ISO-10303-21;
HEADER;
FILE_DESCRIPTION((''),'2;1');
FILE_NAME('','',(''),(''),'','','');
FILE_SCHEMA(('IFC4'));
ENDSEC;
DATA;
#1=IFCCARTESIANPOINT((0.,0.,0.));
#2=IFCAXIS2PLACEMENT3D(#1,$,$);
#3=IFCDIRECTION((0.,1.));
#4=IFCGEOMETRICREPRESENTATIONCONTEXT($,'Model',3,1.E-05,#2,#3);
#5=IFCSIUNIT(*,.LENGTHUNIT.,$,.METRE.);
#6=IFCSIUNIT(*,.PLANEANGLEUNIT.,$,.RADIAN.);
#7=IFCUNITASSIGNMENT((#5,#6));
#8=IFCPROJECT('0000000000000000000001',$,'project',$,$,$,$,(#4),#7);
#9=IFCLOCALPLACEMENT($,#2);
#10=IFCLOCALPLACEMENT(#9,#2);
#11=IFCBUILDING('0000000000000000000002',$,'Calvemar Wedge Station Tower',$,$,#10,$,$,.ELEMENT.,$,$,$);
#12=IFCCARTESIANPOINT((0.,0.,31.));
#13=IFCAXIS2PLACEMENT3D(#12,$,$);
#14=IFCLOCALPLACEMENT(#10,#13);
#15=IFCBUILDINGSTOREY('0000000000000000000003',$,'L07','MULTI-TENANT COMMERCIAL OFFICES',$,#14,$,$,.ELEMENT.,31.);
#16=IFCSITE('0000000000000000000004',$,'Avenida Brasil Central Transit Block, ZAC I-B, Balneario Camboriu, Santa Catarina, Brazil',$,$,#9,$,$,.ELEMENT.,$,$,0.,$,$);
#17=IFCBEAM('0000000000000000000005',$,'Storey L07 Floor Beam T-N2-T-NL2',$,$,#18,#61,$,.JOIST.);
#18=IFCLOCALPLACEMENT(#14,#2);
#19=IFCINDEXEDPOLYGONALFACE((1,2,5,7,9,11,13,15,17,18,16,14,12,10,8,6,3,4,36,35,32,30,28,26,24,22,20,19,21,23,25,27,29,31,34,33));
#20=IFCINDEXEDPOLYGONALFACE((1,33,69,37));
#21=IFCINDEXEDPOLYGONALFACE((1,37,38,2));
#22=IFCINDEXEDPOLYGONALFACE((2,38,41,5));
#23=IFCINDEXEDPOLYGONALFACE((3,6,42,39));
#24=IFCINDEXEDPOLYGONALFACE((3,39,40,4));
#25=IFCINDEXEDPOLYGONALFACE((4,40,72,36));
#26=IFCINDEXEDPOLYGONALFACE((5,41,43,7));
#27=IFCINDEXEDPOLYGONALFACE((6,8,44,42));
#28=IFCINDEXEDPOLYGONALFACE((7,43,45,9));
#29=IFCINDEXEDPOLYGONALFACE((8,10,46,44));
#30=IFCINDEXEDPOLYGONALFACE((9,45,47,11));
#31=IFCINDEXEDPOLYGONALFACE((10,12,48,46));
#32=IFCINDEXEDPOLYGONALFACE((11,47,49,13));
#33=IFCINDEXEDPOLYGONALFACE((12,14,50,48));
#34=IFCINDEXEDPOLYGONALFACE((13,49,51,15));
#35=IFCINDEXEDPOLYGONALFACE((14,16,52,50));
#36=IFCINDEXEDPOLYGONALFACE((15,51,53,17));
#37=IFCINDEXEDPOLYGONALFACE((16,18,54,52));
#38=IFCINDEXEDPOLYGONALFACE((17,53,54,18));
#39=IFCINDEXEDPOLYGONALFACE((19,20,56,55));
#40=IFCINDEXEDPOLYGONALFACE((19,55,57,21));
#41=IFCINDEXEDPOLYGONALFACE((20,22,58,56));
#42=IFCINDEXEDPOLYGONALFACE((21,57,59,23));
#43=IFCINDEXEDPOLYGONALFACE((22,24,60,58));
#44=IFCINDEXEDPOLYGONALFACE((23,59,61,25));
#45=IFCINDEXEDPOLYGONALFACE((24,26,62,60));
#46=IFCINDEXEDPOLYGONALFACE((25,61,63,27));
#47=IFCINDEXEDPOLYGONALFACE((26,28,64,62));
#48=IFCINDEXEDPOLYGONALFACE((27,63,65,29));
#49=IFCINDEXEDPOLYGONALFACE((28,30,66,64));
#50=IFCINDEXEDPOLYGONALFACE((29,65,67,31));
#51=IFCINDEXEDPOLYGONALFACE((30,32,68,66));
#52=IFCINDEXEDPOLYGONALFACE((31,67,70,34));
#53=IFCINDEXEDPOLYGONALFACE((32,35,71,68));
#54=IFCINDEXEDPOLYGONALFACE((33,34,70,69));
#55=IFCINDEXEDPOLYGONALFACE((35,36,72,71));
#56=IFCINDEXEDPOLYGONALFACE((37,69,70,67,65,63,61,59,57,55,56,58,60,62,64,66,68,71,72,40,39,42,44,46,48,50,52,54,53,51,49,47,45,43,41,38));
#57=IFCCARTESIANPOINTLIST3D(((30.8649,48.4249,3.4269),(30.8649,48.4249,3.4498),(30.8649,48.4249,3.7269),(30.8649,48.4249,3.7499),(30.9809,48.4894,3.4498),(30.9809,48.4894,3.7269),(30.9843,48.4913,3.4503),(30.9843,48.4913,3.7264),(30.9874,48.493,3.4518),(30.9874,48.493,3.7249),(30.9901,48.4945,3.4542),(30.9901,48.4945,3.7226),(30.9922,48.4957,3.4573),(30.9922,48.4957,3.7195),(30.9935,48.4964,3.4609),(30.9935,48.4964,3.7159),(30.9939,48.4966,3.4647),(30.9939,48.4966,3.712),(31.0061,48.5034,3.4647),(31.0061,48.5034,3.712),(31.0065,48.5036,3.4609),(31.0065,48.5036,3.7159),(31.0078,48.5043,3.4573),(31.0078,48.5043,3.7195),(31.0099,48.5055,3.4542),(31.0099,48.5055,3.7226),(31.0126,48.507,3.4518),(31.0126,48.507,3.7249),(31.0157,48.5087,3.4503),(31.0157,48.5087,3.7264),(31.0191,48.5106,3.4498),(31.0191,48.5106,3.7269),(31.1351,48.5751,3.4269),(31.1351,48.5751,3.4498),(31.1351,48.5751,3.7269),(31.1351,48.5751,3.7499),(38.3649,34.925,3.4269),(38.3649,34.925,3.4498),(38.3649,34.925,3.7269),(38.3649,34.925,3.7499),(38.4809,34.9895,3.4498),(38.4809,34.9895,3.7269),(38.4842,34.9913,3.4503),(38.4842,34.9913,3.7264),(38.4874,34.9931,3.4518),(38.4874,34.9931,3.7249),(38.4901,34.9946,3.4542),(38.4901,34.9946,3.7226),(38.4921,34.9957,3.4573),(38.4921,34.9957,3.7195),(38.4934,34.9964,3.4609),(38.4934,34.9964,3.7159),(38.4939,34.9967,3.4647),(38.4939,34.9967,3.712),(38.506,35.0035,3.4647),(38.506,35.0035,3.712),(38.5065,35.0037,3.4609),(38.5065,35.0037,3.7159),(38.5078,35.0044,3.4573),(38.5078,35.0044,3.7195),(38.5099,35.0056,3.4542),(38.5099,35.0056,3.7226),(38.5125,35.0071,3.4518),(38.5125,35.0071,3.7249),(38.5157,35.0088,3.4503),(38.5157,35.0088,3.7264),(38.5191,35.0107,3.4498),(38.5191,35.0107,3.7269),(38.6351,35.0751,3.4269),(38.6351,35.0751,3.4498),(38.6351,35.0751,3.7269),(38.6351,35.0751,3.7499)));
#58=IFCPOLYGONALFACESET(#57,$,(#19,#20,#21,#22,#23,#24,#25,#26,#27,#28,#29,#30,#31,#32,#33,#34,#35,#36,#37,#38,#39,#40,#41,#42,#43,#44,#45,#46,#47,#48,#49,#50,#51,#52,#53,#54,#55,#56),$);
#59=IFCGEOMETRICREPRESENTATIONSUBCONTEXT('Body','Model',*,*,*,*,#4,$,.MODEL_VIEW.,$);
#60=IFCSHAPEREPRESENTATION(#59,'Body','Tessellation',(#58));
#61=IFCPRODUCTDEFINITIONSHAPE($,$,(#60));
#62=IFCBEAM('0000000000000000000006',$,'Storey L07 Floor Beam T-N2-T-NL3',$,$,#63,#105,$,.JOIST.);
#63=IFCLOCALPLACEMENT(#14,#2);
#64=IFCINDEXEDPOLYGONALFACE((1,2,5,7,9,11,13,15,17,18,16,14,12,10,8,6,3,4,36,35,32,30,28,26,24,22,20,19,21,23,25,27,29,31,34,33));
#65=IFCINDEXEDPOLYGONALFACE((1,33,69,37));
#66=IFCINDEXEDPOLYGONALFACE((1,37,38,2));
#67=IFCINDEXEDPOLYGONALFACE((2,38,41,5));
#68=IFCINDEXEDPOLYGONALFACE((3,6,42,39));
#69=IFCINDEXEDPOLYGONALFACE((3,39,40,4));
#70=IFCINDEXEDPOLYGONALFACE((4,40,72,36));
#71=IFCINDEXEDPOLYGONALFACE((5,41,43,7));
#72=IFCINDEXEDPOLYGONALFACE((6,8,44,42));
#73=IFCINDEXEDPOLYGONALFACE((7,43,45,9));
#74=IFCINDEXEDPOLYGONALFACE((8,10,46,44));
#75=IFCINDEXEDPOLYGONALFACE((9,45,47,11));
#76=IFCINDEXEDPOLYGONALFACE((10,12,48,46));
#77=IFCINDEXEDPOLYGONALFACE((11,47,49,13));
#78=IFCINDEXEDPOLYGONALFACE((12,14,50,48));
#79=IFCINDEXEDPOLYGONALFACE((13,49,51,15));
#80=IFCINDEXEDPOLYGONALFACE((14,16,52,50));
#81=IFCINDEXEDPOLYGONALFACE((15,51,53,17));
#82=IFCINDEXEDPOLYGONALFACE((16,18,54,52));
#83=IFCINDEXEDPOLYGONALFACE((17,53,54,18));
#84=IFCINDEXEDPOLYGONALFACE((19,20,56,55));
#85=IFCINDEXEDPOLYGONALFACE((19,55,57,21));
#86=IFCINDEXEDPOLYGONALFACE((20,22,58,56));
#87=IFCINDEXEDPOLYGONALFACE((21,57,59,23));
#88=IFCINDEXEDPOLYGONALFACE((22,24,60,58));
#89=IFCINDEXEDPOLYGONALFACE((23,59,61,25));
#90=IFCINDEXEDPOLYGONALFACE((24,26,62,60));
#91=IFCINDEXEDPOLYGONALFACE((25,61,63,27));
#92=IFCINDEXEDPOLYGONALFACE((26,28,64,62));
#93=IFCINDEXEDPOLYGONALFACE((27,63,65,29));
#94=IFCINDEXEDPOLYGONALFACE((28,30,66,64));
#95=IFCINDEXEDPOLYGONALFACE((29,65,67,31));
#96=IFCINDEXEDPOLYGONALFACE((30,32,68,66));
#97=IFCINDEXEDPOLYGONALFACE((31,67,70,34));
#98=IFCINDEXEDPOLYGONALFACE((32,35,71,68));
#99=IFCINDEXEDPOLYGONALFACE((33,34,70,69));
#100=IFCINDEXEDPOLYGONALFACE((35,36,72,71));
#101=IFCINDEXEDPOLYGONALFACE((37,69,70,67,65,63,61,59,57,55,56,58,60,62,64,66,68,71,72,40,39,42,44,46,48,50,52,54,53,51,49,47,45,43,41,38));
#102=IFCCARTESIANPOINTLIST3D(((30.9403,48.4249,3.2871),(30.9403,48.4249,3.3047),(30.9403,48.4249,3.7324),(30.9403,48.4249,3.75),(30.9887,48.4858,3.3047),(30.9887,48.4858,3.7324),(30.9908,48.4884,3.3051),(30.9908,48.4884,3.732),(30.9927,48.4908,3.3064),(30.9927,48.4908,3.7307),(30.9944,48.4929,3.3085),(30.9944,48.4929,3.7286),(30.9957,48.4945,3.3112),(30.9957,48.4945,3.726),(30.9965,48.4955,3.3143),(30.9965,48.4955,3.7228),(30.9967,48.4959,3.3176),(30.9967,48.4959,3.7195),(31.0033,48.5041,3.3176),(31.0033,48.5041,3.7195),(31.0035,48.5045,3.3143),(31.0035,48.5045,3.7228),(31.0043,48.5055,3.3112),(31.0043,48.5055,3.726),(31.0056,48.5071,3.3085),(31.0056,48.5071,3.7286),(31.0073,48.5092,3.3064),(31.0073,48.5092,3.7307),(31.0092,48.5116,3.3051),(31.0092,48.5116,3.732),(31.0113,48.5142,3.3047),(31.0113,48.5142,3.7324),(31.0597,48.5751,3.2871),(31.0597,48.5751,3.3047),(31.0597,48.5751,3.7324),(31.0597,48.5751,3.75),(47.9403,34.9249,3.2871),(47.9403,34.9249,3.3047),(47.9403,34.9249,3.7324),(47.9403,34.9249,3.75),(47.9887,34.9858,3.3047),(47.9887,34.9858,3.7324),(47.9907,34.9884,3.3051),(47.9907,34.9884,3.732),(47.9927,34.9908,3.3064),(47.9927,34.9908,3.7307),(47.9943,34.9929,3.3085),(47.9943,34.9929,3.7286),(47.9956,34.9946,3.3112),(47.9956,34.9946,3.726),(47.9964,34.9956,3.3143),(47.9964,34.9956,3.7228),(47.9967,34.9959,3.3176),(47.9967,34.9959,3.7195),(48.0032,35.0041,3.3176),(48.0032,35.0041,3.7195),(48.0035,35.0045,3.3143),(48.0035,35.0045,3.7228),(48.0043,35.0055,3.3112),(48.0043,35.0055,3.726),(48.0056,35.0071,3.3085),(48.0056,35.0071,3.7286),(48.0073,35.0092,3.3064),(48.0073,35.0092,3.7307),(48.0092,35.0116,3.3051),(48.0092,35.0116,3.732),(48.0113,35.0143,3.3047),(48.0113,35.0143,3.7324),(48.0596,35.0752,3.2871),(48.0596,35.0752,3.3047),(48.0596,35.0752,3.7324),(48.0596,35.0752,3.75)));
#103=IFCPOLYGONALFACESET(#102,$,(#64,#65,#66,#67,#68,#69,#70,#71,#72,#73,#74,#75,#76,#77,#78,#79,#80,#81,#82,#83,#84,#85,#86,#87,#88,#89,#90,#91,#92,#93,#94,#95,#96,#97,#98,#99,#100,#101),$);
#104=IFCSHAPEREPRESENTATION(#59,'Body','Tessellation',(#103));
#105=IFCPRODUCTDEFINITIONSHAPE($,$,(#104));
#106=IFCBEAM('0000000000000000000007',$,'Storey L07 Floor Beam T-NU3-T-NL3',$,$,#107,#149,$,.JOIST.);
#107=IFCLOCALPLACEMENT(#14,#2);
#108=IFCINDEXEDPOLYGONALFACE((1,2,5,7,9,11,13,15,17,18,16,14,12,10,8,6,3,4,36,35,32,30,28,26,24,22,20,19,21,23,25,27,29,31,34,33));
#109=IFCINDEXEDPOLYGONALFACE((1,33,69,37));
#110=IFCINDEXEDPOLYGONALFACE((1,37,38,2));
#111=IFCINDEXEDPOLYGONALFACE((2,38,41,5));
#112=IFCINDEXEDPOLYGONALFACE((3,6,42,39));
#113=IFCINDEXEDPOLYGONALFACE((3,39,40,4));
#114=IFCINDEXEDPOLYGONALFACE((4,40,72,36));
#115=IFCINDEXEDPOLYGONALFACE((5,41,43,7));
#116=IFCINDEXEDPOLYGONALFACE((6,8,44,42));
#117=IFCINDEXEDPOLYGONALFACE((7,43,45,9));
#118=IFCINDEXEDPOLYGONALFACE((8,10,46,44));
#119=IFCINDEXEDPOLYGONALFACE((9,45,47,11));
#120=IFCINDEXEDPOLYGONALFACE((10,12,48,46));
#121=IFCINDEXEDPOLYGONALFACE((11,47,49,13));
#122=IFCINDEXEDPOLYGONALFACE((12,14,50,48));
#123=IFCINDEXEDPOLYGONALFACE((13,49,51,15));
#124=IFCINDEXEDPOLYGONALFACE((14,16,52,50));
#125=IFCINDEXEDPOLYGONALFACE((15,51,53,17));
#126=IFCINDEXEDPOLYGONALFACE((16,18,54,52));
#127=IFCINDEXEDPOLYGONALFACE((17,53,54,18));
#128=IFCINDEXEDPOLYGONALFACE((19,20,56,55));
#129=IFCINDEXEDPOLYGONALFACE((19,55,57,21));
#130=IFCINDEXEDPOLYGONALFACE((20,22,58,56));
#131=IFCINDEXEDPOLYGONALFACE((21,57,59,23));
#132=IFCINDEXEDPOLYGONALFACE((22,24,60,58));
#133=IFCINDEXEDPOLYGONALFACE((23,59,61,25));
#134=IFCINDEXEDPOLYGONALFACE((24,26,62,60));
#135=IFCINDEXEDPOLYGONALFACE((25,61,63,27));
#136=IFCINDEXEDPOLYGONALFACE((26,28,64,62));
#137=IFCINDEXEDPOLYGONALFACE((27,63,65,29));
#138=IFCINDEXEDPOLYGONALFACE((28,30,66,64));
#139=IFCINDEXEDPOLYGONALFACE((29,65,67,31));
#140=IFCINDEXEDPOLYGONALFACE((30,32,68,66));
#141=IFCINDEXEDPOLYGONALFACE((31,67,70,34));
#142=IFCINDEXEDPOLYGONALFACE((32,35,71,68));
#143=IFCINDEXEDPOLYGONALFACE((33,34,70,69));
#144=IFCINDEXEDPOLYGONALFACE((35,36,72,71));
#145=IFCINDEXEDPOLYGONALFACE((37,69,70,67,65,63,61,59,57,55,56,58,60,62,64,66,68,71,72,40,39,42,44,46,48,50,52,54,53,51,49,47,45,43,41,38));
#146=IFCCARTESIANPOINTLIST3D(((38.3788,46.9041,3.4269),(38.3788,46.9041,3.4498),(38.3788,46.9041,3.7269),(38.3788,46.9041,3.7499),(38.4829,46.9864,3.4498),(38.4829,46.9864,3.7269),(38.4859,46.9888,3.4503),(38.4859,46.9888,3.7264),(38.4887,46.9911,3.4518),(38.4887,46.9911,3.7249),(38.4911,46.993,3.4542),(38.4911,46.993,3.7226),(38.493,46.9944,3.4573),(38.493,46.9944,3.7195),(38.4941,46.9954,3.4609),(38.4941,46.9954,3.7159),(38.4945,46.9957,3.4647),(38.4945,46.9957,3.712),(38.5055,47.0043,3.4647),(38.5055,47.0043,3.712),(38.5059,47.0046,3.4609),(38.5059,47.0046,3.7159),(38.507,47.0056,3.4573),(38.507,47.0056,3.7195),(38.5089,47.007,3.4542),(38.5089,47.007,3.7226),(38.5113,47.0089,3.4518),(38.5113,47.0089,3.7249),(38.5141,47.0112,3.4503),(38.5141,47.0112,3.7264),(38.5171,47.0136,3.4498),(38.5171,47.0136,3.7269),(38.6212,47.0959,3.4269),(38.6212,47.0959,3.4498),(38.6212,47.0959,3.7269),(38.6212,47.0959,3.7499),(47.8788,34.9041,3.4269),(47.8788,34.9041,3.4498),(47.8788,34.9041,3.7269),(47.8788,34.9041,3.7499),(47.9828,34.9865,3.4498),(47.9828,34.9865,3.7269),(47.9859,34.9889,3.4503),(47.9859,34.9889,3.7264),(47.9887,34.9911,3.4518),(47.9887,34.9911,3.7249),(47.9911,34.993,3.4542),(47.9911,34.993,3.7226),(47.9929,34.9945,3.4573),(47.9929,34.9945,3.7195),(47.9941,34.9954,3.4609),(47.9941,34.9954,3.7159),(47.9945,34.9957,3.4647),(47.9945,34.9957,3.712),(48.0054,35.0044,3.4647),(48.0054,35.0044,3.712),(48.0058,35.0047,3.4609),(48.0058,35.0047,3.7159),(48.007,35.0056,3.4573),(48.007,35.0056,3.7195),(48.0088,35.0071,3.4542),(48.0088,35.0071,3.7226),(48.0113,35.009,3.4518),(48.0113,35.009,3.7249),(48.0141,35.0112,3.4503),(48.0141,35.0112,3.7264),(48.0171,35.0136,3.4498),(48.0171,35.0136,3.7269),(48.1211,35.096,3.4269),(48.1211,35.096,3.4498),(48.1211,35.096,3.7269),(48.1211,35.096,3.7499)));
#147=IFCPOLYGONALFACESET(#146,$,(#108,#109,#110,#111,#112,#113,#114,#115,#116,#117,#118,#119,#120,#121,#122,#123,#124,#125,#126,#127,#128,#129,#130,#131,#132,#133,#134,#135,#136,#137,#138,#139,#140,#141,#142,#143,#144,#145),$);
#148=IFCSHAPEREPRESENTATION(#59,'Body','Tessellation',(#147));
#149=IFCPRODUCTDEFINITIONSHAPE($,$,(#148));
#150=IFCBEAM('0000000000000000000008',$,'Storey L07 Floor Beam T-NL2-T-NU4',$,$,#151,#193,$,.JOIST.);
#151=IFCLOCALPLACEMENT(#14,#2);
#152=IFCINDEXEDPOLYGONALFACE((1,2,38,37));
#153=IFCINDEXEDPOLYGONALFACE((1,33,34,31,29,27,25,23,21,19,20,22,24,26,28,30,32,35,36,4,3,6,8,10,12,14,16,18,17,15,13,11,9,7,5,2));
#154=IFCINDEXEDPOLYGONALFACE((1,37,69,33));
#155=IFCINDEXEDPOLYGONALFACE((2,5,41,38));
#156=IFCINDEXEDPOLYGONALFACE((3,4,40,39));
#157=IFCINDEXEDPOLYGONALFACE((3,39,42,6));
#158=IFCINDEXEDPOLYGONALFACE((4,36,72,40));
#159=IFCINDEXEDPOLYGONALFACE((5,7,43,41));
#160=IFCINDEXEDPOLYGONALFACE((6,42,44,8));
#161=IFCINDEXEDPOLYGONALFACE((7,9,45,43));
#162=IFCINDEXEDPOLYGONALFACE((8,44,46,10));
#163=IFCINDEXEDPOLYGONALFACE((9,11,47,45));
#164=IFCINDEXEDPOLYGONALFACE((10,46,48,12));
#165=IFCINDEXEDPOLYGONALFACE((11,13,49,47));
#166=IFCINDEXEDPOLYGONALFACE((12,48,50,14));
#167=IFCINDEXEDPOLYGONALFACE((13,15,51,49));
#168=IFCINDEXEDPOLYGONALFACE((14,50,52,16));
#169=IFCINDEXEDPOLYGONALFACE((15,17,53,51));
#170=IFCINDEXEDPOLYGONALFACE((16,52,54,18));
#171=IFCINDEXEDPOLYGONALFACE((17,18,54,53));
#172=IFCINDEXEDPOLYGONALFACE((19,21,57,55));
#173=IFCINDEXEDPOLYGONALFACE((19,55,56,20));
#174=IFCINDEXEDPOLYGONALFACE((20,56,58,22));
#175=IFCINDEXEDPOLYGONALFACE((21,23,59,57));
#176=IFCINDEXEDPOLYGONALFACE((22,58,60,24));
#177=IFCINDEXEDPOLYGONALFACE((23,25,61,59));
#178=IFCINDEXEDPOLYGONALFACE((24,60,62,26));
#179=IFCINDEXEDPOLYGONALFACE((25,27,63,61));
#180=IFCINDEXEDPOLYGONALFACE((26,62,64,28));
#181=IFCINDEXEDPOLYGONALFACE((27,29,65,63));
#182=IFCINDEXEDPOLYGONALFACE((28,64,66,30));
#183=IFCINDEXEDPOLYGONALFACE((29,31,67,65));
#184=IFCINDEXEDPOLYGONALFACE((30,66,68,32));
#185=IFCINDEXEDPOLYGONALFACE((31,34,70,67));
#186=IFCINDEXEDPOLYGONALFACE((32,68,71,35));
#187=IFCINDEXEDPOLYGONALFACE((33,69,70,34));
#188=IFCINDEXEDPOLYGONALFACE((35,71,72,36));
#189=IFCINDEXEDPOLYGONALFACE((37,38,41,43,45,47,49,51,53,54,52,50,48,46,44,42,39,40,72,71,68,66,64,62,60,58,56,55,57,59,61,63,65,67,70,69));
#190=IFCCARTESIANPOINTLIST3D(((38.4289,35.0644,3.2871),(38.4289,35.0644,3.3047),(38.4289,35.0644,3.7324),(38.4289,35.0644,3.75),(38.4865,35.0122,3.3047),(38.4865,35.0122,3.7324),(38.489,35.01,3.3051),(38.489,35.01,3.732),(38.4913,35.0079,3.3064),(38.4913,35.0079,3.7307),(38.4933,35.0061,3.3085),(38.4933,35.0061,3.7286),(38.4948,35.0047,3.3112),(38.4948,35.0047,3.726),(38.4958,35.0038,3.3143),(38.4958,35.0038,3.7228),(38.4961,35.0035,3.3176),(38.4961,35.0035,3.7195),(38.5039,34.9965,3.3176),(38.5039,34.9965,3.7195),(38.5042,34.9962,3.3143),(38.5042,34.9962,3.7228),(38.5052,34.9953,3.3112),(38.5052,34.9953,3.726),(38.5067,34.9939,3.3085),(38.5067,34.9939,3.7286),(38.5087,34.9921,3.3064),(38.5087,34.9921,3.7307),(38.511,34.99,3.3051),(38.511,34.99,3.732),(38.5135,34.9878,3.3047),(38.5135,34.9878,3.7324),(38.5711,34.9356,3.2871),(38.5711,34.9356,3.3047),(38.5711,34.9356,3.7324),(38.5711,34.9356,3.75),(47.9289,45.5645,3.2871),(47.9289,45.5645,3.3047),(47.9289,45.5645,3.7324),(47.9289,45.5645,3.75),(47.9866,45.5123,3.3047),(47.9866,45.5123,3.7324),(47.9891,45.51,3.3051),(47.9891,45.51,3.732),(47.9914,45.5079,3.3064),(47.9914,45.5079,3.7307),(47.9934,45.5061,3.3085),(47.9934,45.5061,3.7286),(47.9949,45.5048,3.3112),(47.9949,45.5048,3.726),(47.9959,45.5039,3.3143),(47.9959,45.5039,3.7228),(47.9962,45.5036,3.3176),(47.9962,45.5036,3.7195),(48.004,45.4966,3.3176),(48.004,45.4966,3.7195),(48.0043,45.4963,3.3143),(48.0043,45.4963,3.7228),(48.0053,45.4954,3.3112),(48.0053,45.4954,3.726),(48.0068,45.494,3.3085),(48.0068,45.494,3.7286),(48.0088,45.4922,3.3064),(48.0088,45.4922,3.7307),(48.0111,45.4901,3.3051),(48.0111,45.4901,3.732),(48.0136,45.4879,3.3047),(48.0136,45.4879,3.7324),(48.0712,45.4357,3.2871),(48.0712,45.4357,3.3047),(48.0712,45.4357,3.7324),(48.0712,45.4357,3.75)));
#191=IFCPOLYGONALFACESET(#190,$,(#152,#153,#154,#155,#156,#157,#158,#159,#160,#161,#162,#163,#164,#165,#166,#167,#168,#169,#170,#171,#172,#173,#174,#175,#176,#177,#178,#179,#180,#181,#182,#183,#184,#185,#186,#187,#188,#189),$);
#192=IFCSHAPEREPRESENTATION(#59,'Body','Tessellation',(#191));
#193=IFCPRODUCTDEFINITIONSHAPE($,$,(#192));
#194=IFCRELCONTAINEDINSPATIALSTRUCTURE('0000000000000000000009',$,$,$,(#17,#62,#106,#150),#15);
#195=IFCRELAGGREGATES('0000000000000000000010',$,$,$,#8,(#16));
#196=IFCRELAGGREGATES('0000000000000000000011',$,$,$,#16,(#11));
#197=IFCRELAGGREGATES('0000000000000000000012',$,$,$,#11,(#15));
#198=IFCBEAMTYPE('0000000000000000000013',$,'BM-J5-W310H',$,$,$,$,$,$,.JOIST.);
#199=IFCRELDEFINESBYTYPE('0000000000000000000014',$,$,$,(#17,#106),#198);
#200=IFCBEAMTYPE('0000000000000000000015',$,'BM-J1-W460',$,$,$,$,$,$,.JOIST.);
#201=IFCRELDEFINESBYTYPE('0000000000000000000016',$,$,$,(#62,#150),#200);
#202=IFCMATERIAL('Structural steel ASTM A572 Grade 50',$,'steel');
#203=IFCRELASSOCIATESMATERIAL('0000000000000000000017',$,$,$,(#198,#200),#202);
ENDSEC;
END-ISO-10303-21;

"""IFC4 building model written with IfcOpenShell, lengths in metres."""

from ifc_helpers import new_model, si_unit, direction, frame, origin, origin_2d, place, context, subcontext, project, spatial, i_section, extrude, source, transform, mapped, material, material_profile, profile_set, type_object, element, save


model = new_model("IFC4")

# Units and contexts
model_context = context("Model", 3, precision=1e-05, world=origin(), true_north=direction((0.0, 1.0)))
body_context = subcontext(model_context, "Body", "Model", "MODEL_VIEW")
ifc_project = project(units=[si_unit("LENGTHUNIT", "METRE"), si_unit("PLANEANGLEUNIT", "RADIAN")], contexts=[model_context])

# Site, building, storey
site_placement = place(None, origin())
site = spatial("IfcSite", under=ifc_project, at=site_placement, Name="Avenida Brasil Central Transit Block, ZAC I-B, Balneario Camboriu, Santa Catarina, Brazil", CompositionType="ELEMENT", RefElevation=0.0)
building_placement = place(site_placement, origin())
building = spatial("IfcBuilding", under=site, at=building_placement, Name="Calvemar Wedge Station Tower", CompositionType="ELEMENT")
storey_placement = place(building_placement, frame((0.0, 0.0, 31.0)))
storey = spatial("IfcBuildingStorey", under=building, at=storey_placement, Name="L07", Description="MULTI-TENANT COMMERCIAL OFFICES", CompositionType="ELEMENT", Elevation=31.0)

# Beams
ifc_material_1 = material(Name="Structural steel ASTM A572 Grade 50", Category="steel")
ifc_material_profile_1 = material_profile(ifc_material_1, i_section(OverallWidth=0.3091, OverallDepth=0.323, WebThickness=0.0139, FlangeThickness=0.0229, FilletRadius=0.0149, at=origin_2d()), Name="W310x143")
ifc_profile_set_1 = profile_set([ifc_material_profile_1], Name="Structural steel ASTM A572 Grade 50")
beam_type_1 = type_object("IfcBeamType", Name="BM-J5-W310H", PredefinedType="JOIST", material=ifc_profile_set_1)
shared_shape_1 = source(origin(), body_context, "Body", "SweptSolid", [
    extrude(i_section(OverallWidth=0.3091, OverallDepth=0.323, WebThickness=0.0139, FlangeThickness=0.0229, FilletRadius=0.0149, at=origin_2d()), origin(), (0.0, 0.0, 1.0), 15.4434),
])
beam_1_placement = place(storey_placement, frame((31.0, 48.5, 3.5884), z_axis=(0.485643, -0.874157, 0.0), x_axis=(0.874157, 0.485643, 0.0)))
element("IfcBeam", 1, at=beam_1_placement, inside=storey, type_object=beam_type_1, Name="Storey L07 Floor Beam T-N2-T-NL2", PredefinedType="JOIST", context=body_context, shape_type="MappedRepresentation", body=[
    mapped(shared_shape_1, transform((0.0, 0.0, 0.0), scale=1.0)),
])
ifc_material_profile_2 = material_profile(ifc_material_1, i_section(OverallWidth=0.1919, OverallDepth=0.4629, WebThickness=0.0105, FlangeThickness=0.0176, FilletRadius=0.0129, at=origin_2d()), Name="W460x89")
ifc_profile_set_2 = profile_set([ifc_material_profile_2], Name="Structural steel ASTM A572 Grade 50")
beam_type_2 = type_object("IfcBeamType", Name="BM-J1-W460", PredefinedType="JOIST", material=ifc_profile_set_2)
shared_shape_2 = source(origin(), body_context, "Body", "SweptSolid", [
    extrude(i_section(OverallWidth=0.1919, OverallDepth=0.4629, WebThickness=0.0105, FlangeThickness=0.0176, FilletRadius=0.0129, at=origin_2d()), origin(), (0.0, 0.0, 1.0), 21.7083),
])
beam_2_placement = place(storey_placement, frame((31.0, 48.5, 3.5186), z_axis=(0.783111, -0.621882, 0.0), x_axis=(0.621882, 0.783111, 0.0)))
element("IfcBeam", 2, at=beam_2_placement, inside=storey, type_object=beam_type_2, Name="Storey L07 Floor Beam T-N2-T-NL3", PredefinedType="JOIST", context=body_context, shape_type="MappedRepresentation", body=[
    mapped(shared_shape_2, transform((0.0, 0.0, 0.0), scale=1.0)),
])
shared_shape_3 = source(origin(), body_context, "Body", "SweptSolid", [
    extrude(i_section(OverallWidth=0.3091, OverallDepth=0.323, WebThickness=0.0139, FlangeThickness=0.0229, FilletRadius=0.0149, at=origin_2d()), origin(), (0.0, 0.0, 1.0), 15.3052),
])
beam_3_placement = place(storey_placement, frame((38.5, 47.0, 3.5884), z_axis=(0.620703, -0.784046, 0.0), x_axis=(0.784046, 0.620703, 0.0)))
element("IfcBeam", 3, at=beam_3_placement, inside=storey, type_object=beam_type_1, Name="Storey L07 Floor Beam T-NU3-T-NL3", PredefinedType="JOIST", context=body_context, shape_type="MappedRepresentation", body=[
    mapped(shared_shape_3, transform((0.0, 0.0, 0.0), scale=1.0)),
])
shared_shape_4 = source(origin(), body_context, "Body", "SweptSolid", [
    extrude(i_section(OverallWidth=0.1919, OverallDepth=0.4629, WebThickness=0.0105, FlangeThickness=0.0176, FilletRadius=0.0129, at=origin_2d()), origin(), (0.0, 0.0, 1.0), 14.1599),
])
beam_4_placement = place(storey_placement, frame((38.5, 35.0, 3.5186), z_axis=(0.670913, 0.741536, 0.0), x_axis=(-0.741536, 0.670913, 0.0)))
element("IfcBeam", 4, at=beam_4_placement, inside=storey, type_object=beam_type_2, Name="Storey L07 Floor Beam T-NL2-T-NU4", PredefinedType="JOIST", context=body_context, shape_type="MappedRepresentation", body=[
    mapped(shared_shape_4, transform((0.0, 0.0, 0.0), scale=1.0)),
])

save(model, "model.ifc")
